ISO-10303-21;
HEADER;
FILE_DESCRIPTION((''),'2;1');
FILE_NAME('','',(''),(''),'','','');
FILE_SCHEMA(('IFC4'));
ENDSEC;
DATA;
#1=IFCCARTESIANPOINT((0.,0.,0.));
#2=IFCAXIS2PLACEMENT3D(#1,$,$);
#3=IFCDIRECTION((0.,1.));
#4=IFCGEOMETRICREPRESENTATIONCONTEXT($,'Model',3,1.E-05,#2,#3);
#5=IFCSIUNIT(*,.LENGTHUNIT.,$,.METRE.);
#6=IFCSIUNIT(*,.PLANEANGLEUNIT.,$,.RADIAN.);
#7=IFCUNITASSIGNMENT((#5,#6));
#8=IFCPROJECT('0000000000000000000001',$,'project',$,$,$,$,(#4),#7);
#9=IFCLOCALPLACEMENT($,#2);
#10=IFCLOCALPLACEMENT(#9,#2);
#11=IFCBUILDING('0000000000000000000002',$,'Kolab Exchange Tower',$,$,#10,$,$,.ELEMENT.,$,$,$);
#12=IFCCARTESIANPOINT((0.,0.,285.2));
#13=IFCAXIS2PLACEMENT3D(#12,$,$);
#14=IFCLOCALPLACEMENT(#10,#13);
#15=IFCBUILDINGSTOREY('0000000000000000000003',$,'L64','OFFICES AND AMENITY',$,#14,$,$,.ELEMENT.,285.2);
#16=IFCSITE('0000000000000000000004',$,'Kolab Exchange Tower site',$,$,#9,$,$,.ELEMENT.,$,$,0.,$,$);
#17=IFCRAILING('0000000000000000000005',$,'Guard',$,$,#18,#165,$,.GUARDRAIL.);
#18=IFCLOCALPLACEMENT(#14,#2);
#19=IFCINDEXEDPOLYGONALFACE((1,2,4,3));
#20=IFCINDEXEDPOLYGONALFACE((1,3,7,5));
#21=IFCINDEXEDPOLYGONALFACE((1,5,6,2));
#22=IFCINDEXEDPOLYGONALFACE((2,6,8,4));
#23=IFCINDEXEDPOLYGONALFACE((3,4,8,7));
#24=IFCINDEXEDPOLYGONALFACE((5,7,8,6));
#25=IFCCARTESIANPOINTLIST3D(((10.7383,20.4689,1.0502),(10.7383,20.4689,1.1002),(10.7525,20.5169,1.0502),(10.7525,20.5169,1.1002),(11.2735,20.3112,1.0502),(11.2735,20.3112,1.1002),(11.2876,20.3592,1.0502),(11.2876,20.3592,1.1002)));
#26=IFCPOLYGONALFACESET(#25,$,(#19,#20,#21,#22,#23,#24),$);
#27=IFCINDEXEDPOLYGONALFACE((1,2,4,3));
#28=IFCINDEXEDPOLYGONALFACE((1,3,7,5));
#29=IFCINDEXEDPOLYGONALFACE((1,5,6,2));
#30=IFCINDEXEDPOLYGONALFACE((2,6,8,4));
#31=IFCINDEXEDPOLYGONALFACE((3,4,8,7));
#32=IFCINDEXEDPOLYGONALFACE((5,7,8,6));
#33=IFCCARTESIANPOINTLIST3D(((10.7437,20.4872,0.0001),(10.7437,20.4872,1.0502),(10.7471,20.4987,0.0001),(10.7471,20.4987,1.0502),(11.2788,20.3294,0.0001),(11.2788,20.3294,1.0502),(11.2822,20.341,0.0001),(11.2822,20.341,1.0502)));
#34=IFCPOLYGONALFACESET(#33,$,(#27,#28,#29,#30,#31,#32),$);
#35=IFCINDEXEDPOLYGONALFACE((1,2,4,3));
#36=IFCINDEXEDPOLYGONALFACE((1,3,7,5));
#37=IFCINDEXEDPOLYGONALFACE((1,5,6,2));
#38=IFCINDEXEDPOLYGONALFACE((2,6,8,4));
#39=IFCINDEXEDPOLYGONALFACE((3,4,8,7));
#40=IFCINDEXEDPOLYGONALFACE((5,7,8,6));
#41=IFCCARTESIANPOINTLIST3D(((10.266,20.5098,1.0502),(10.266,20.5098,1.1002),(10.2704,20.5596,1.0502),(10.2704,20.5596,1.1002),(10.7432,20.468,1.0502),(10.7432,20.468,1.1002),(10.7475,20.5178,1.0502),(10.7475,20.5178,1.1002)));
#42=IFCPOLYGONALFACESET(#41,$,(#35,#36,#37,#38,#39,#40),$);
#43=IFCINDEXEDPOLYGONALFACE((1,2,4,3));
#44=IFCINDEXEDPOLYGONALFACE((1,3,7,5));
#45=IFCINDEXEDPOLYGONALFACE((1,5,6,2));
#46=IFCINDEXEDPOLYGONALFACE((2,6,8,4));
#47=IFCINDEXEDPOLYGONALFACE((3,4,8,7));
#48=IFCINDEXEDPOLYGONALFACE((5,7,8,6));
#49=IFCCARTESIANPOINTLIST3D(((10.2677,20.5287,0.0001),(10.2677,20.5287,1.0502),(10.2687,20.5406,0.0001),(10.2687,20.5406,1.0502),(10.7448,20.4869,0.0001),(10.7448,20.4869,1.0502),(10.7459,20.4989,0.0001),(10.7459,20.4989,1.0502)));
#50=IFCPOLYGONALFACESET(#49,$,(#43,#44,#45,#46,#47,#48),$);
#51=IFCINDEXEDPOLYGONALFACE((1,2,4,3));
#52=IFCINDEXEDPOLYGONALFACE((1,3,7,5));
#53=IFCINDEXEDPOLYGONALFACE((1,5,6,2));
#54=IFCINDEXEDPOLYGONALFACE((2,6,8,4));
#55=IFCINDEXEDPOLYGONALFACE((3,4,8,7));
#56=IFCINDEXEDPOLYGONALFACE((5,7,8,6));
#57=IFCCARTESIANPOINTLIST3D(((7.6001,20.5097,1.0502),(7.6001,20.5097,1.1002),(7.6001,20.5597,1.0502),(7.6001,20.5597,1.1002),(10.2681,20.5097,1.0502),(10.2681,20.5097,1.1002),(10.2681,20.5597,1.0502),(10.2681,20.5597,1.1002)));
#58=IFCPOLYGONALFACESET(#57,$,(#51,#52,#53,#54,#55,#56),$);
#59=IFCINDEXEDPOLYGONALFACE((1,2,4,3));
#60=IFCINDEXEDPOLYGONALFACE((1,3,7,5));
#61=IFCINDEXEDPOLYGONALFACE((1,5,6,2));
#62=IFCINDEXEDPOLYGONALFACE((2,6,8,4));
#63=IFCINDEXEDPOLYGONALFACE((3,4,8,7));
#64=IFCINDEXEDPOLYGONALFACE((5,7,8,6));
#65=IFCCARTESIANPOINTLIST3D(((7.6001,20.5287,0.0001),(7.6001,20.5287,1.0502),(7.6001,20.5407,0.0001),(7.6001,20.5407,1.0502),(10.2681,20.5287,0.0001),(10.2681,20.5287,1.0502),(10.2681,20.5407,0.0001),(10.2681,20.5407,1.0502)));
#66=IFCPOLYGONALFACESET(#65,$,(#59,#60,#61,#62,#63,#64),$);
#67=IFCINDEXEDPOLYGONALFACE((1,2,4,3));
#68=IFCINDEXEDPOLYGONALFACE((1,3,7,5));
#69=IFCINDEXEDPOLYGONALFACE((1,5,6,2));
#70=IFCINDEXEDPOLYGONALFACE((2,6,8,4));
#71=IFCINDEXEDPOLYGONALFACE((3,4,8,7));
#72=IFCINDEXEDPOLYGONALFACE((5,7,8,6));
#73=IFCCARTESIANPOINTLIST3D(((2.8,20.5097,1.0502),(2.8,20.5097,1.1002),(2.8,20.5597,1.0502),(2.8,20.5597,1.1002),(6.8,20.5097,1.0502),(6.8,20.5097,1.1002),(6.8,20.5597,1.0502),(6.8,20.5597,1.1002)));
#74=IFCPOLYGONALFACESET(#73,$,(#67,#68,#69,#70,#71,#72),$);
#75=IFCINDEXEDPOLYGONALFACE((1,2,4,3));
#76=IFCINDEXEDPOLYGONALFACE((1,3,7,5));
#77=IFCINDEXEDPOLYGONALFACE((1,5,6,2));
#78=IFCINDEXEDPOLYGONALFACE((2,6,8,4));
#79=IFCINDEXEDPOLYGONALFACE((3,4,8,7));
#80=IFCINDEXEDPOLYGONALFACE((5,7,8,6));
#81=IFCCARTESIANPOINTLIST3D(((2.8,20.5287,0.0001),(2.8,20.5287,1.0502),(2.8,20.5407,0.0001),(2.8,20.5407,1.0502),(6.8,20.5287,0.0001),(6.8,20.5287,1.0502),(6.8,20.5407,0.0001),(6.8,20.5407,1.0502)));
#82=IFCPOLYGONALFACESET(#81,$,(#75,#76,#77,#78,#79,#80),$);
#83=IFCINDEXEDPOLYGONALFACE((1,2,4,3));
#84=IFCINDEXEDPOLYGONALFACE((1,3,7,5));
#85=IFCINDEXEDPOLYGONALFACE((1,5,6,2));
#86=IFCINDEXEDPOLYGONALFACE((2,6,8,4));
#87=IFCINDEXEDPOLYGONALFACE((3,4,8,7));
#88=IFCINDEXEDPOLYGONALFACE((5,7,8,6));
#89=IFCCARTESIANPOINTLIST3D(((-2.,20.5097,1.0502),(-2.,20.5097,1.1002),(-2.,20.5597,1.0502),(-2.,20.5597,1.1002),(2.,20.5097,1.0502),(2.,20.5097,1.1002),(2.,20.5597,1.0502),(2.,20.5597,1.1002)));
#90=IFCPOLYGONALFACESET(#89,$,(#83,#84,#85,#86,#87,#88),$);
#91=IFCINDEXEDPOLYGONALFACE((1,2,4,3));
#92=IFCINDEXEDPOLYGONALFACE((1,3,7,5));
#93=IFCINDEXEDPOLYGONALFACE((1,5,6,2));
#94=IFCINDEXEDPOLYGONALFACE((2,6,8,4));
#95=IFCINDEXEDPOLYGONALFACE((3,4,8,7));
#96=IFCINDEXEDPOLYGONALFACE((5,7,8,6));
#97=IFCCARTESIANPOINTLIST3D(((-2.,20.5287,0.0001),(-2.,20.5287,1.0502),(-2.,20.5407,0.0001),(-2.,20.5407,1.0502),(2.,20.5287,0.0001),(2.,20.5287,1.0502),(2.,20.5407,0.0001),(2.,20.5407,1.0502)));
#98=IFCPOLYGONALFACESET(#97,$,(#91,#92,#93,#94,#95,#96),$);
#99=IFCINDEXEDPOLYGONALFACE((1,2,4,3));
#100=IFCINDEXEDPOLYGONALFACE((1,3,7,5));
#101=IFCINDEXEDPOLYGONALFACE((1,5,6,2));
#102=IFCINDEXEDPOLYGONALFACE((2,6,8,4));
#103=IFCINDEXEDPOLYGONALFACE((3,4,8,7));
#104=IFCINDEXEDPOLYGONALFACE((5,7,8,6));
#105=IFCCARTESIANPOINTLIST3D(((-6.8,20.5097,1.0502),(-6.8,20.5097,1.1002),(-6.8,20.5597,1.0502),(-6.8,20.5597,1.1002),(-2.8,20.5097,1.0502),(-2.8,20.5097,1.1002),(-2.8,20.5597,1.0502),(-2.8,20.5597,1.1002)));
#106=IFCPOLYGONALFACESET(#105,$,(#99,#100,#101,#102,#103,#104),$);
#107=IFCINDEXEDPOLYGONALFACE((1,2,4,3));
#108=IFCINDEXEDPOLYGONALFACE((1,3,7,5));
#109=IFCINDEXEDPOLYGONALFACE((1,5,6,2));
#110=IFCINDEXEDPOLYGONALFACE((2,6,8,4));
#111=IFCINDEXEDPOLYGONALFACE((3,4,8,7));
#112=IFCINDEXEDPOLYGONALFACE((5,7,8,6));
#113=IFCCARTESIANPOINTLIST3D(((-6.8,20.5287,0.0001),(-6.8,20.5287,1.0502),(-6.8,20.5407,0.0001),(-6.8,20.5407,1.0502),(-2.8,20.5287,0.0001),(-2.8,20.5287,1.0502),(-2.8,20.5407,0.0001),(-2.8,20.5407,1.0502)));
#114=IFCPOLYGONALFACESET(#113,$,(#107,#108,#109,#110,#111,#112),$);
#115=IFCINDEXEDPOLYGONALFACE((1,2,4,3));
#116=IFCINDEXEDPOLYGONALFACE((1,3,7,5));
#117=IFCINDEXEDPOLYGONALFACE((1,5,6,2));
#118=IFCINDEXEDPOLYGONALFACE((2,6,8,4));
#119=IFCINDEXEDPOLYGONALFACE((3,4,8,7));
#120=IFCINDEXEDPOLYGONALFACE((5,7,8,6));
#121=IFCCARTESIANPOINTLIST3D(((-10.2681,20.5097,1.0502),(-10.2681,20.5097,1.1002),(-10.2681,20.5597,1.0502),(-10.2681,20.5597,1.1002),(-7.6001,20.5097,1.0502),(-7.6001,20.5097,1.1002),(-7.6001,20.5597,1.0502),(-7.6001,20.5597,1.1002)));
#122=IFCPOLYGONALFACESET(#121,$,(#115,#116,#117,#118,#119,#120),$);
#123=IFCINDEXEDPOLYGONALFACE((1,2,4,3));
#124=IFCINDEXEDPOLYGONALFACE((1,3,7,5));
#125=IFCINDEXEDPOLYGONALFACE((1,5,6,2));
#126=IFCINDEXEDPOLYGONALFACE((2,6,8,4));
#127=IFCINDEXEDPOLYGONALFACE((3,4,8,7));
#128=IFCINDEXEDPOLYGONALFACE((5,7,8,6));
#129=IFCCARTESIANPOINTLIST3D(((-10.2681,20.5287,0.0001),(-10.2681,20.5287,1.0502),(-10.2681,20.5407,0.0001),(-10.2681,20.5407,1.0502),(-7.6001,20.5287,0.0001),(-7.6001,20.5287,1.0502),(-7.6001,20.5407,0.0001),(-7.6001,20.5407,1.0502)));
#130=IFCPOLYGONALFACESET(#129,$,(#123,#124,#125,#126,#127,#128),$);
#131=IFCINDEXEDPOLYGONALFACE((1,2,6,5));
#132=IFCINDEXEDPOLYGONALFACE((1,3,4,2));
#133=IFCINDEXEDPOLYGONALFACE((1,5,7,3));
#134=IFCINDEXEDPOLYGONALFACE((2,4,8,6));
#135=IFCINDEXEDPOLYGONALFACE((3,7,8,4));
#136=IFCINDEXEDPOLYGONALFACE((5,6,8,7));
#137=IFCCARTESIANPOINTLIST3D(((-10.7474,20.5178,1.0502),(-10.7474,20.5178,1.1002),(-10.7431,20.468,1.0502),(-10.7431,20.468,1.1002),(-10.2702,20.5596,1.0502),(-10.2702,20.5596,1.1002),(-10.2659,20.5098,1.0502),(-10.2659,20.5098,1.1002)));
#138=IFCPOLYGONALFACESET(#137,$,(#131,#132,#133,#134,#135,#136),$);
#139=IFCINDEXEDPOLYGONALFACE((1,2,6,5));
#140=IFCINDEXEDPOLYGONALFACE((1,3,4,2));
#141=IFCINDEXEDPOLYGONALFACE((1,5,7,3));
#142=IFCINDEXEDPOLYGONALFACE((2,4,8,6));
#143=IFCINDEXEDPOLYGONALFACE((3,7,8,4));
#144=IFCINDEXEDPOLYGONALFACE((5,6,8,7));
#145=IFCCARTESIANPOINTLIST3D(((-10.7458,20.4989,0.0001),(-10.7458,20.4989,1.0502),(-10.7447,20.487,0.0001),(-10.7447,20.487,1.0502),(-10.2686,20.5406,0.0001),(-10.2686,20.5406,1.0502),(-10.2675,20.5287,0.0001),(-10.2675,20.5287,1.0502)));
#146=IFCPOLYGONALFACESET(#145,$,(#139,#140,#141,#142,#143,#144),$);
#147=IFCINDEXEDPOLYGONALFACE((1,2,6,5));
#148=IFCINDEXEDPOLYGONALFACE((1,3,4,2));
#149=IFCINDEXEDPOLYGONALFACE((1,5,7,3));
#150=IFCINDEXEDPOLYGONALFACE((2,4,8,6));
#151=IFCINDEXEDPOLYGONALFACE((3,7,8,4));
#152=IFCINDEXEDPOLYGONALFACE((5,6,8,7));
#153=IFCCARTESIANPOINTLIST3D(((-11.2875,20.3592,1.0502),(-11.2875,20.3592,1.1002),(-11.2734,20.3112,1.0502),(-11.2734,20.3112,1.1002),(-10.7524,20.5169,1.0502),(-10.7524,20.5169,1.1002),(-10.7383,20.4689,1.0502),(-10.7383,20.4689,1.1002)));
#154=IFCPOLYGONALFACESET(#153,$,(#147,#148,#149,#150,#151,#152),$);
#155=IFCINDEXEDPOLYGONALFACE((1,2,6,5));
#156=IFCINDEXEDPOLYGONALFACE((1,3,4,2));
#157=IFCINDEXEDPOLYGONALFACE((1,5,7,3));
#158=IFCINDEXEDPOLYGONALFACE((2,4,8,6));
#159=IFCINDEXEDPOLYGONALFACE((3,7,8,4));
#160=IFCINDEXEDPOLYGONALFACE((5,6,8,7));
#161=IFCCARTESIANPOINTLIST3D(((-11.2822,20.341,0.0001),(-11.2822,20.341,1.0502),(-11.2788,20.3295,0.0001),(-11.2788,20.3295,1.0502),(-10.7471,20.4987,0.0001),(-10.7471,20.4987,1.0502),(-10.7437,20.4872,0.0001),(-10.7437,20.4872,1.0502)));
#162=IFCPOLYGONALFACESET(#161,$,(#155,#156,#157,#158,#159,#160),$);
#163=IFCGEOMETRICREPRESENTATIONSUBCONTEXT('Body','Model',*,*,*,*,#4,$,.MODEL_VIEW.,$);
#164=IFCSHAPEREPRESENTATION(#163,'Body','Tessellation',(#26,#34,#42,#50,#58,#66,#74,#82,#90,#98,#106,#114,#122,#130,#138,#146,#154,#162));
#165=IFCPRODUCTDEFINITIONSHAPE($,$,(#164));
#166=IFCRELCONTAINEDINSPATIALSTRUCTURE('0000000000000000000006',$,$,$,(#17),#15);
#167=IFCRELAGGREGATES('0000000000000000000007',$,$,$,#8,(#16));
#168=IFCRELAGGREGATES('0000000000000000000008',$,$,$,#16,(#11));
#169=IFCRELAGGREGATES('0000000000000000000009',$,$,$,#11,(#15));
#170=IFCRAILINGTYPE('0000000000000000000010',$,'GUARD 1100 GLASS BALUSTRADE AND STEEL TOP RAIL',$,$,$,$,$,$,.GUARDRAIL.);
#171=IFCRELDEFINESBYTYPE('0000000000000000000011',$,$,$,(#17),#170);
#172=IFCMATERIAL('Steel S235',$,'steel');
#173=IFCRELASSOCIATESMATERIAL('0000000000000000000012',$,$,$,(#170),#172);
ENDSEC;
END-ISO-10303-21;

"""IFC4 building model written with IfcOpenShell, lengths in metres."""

from ifc_helpers import new_model, si_unit, direction, frame, frame_2d, origin, origin_2d, place, context, subcontext, project, spatial, rectangle, extrude, material, type_object, element, save


model = new_model("IFC4")

# Units and contexts
model_context = context("Model", 3, precision=1e-05, world=origin(), true_north=direction((0.0, 1.0)))
body_context = subcontext(model_context, "Body", "Model", "MODEL_VIEW")
ifc_project = project(units=[si_unit("LENGTHUNIT", "METRE"), si_unit("PLANEANGLEUNIT", "RADIAN")], contexts=[model_context])

# Site, building, storey
site_placement = place(None, origin())
site = spatial("IfcSite", under=ifc_project, at=site_placement, Name="Kolab Exchange Tower site", CompositionType="ELEMENT", RefElevation=0.0)
building_placement = place(site_placement, origin())
building = spatial("IfcBuilding", under=site, at=building_placement, Name="Kolab Exchange Tower", CompositionType="ELEMENT")
storey_placement = place(building_placement, frame((0.0, 0.0, 285.2)))
storey = spatial("IfcBuildingStorey", under=building, at=storey_placement, Name="L64", Description="OFFICES AND AMENITY", CompositionType="ELEMENT", Elevation=285.2)

# Railing
ifc_material_1 = material(Name="Steel S235", Category="steel")
railing_type = type_object("IfcRailingType", Name="GUARD 1100 GLASS BALUSTRADE AND STEEL TOP RAIL", PredefinedType="GUARDRAIL", material=ifc_material_1)
railing_1_placement = place(storey_placement, frame((11.2805, 20.3352, 0.0)))
element("IfcRailing", 1, at=railing_1_placement, inside=storey, type_object=railing_type, Name="Guard", PredefinedType="GUARDRAIL", context=body_context, shape_type="SweptSolid", body=[
    extrude(rectangle(XDim=0.05, YDim=0.05, at=origin_2d()), frame((0.0, 0.0, 1.0752), z_axis=(-0.959212, 0.282687, 0.0), x_axis=(-0.282687, -0.959212, 0.0)), (0.0, 0.0, 1.0), 0.5579),
    extrude(rectangle(XDim=0.012, YDim=1.0501, at=frame_2d((0.0, 0.5251))), frame((0.0, 0.0, 0.0), z_axis=(-0.959212, 0.282687, 0.0), x_axis=(-0.282687, -0.959212, 0.0)), (0.0, 0.0, 1.0), 0.5579),
    extrude(rectangle(XDim=0.05, YDim=0.05, at=origin_2d()), frame((-0.5352, 0.1577, 1.0752), z_axis=(-0.996196, 0.087135, 0.0), x_axis=(-0.087135, -0.996196, 0.0)), (0.0, 0.0, 1.0), 0.479),
    extrude(rectangle(XDim=0.012, YDim=1.0501, at=frame_2d((0.0, 0.5251))), frame((-0.5352, 0.1577, 0.0), z_axis=(-0.996196, 0.087135, 0.0), x_axis=(-0.087135, -0.996196, 0.0)), (0.0, 0.0, 1.0), 0.479),
    extrude(rectangle(XDim=0.05, YDim=0.05, at=origin_2d()), frame((-1.0125, 0.1995, 1.0752), z_axis=(-1.0, 0.0, 0.0), x_axis=(0.0, -1.0, 0.0)), (0.0, 0.0, 1.0), 2.668),
    extrude(rectangle(XDim=0.012, YDim=1.0501, at=frame_2d((0.0, 0.5251))), frame((-1.0125, 0.1995, 0.0), z_axis=(-1.0, 0.0, 0.0), x_axis=(0.0, -1.0, 0.0)), (0.0, 0.0, 1.0), 2.668),
    extrude(rectangle(XDim=0.05, YDim=0.05, at=origin_2d()), frame((-4.4805, 0.1995, 1.0752), z_axis=(-1.0, 0.0, 0.0), x_axis=(0.0, -1.0, 0.0)), (0.0, 0.0, 1.0), 4.0),
    extrude(rectangle(XDim=0.012, YDim=1.0501, at=frame_2d((0.0, 0.5251))), frame((-4.4805, 0.1995, 0.0), z_axis=(-1.0, 0.0, 0.0), x_axis=(0.0, -1.0, 0.0)), (0.0, 0.0, 1.0), 4.0),
    extrude(rectangle(XDim=0.05, YDim=0.05, at=origin_2d()), frame((-9.2805, 0.1995, 1.0752), z_axis=(-1.0, 0.0, 0.0), x_axis=(0.0, -1.0, 0.0)), (0.0, 0.0, 1.0), 4.0),
    extrude(rectangle(XDim=0.012, YDim=1.0501, at=frame_2d((0.0, 0.5251))), frame((-9.2805, 0.1995, 0.0), z_axis=(-1.0, 0.0, 0.0), x_axis=(0.0, -1.0, 0.0)), (0.0, 0.0, 1.0), 4.0),
    extrude(rectangle(XDim=0.05, YDim=0.05, at=origin_2d()), frame((-14.0806, 0.1995, 1.0752), z_axis=(-1.0, 0.0, 0.0), x_axis=(0.0, -1.0, 0.0)), (0.0, 0.0, 1.0), 4.0),
    extrude(rectangle(XDim=0.012, YDim=1.0501, at=frame_2d((0.0, 0.5251))), frame((-14.0806, 0.1995, 0.0), z_axis=(-1.0, 0.0, 0.0), x_axis=(0.0, -1.0, 0.0)), (0.0, 0.0, 1.0), 4.0),
    extrude(rectangle(XDim=0.05, YDim=0.05, at=origin_2d()), frame((-18.8806, 0.1995, 1.0752), z_axis=(-1.0, 0.0, 0.0), x_axis=(0.0, -1.0, 0.0)), (0.0, 0.0, 1.0), 2.668),
    extrude(rectangle(XDim=0.012, YDim=1.0501, at=frame_2d((0.0, 0.5251))), frame((-18.8806, 0.1995, 0.0), z_axis=(-1.0, 0.0, 0.0), x_axis=(0.0, -1.0, 0.0)), (0.0, 0.0, 1.0), 2.668),
    extrude(rectangle(XDim=0.05, YDim=0.05, at=origin_2d()), frame((-21.5486, 0.1995, 1.0752), z_axis=(-0.996196, -0.087135, 0.0), x_axis=(0.087135, -0.996196, 0.0)), (0.0, 0.0, 1.0), 0.479),
    extrude(rectangle(XDim=0.012, YDim=1.0501, at=frame_2d((0.0, 0.5251))), frame((-21.5486, 0.1995, 0.0), z_axis=(-0.996196, -0.087135, 0.0), x_axis=(0.087135, -0.996196, 0.0)), (0.0, 0.0, 1.0), 0.479),
    extrude(rectangle(XDim=0.05, YDim=0.05, at=origin_2d()), frame((-22.0259, 0.1577, 1.0752), z_axis=(-0.959212, -0.282687, 0.0), x_axis=(0.282687, -0.959212, 0.0)), (0.0, 0.0, 1.0), 0.5579),
    extrude(rectangle(XDim=0.012, YDim=1.0501, at=frame_2d((0.0, 0.5251))), frame((-22.0259, 0.1577, 0.0), z_axis=(-0.959212, -0.282687, 0.0), x_axis=(0.282687, -0.959212, 0.0)), (0.0, 0.0, 1.0), 0.5579),
])

save(model, "model.ifc")
